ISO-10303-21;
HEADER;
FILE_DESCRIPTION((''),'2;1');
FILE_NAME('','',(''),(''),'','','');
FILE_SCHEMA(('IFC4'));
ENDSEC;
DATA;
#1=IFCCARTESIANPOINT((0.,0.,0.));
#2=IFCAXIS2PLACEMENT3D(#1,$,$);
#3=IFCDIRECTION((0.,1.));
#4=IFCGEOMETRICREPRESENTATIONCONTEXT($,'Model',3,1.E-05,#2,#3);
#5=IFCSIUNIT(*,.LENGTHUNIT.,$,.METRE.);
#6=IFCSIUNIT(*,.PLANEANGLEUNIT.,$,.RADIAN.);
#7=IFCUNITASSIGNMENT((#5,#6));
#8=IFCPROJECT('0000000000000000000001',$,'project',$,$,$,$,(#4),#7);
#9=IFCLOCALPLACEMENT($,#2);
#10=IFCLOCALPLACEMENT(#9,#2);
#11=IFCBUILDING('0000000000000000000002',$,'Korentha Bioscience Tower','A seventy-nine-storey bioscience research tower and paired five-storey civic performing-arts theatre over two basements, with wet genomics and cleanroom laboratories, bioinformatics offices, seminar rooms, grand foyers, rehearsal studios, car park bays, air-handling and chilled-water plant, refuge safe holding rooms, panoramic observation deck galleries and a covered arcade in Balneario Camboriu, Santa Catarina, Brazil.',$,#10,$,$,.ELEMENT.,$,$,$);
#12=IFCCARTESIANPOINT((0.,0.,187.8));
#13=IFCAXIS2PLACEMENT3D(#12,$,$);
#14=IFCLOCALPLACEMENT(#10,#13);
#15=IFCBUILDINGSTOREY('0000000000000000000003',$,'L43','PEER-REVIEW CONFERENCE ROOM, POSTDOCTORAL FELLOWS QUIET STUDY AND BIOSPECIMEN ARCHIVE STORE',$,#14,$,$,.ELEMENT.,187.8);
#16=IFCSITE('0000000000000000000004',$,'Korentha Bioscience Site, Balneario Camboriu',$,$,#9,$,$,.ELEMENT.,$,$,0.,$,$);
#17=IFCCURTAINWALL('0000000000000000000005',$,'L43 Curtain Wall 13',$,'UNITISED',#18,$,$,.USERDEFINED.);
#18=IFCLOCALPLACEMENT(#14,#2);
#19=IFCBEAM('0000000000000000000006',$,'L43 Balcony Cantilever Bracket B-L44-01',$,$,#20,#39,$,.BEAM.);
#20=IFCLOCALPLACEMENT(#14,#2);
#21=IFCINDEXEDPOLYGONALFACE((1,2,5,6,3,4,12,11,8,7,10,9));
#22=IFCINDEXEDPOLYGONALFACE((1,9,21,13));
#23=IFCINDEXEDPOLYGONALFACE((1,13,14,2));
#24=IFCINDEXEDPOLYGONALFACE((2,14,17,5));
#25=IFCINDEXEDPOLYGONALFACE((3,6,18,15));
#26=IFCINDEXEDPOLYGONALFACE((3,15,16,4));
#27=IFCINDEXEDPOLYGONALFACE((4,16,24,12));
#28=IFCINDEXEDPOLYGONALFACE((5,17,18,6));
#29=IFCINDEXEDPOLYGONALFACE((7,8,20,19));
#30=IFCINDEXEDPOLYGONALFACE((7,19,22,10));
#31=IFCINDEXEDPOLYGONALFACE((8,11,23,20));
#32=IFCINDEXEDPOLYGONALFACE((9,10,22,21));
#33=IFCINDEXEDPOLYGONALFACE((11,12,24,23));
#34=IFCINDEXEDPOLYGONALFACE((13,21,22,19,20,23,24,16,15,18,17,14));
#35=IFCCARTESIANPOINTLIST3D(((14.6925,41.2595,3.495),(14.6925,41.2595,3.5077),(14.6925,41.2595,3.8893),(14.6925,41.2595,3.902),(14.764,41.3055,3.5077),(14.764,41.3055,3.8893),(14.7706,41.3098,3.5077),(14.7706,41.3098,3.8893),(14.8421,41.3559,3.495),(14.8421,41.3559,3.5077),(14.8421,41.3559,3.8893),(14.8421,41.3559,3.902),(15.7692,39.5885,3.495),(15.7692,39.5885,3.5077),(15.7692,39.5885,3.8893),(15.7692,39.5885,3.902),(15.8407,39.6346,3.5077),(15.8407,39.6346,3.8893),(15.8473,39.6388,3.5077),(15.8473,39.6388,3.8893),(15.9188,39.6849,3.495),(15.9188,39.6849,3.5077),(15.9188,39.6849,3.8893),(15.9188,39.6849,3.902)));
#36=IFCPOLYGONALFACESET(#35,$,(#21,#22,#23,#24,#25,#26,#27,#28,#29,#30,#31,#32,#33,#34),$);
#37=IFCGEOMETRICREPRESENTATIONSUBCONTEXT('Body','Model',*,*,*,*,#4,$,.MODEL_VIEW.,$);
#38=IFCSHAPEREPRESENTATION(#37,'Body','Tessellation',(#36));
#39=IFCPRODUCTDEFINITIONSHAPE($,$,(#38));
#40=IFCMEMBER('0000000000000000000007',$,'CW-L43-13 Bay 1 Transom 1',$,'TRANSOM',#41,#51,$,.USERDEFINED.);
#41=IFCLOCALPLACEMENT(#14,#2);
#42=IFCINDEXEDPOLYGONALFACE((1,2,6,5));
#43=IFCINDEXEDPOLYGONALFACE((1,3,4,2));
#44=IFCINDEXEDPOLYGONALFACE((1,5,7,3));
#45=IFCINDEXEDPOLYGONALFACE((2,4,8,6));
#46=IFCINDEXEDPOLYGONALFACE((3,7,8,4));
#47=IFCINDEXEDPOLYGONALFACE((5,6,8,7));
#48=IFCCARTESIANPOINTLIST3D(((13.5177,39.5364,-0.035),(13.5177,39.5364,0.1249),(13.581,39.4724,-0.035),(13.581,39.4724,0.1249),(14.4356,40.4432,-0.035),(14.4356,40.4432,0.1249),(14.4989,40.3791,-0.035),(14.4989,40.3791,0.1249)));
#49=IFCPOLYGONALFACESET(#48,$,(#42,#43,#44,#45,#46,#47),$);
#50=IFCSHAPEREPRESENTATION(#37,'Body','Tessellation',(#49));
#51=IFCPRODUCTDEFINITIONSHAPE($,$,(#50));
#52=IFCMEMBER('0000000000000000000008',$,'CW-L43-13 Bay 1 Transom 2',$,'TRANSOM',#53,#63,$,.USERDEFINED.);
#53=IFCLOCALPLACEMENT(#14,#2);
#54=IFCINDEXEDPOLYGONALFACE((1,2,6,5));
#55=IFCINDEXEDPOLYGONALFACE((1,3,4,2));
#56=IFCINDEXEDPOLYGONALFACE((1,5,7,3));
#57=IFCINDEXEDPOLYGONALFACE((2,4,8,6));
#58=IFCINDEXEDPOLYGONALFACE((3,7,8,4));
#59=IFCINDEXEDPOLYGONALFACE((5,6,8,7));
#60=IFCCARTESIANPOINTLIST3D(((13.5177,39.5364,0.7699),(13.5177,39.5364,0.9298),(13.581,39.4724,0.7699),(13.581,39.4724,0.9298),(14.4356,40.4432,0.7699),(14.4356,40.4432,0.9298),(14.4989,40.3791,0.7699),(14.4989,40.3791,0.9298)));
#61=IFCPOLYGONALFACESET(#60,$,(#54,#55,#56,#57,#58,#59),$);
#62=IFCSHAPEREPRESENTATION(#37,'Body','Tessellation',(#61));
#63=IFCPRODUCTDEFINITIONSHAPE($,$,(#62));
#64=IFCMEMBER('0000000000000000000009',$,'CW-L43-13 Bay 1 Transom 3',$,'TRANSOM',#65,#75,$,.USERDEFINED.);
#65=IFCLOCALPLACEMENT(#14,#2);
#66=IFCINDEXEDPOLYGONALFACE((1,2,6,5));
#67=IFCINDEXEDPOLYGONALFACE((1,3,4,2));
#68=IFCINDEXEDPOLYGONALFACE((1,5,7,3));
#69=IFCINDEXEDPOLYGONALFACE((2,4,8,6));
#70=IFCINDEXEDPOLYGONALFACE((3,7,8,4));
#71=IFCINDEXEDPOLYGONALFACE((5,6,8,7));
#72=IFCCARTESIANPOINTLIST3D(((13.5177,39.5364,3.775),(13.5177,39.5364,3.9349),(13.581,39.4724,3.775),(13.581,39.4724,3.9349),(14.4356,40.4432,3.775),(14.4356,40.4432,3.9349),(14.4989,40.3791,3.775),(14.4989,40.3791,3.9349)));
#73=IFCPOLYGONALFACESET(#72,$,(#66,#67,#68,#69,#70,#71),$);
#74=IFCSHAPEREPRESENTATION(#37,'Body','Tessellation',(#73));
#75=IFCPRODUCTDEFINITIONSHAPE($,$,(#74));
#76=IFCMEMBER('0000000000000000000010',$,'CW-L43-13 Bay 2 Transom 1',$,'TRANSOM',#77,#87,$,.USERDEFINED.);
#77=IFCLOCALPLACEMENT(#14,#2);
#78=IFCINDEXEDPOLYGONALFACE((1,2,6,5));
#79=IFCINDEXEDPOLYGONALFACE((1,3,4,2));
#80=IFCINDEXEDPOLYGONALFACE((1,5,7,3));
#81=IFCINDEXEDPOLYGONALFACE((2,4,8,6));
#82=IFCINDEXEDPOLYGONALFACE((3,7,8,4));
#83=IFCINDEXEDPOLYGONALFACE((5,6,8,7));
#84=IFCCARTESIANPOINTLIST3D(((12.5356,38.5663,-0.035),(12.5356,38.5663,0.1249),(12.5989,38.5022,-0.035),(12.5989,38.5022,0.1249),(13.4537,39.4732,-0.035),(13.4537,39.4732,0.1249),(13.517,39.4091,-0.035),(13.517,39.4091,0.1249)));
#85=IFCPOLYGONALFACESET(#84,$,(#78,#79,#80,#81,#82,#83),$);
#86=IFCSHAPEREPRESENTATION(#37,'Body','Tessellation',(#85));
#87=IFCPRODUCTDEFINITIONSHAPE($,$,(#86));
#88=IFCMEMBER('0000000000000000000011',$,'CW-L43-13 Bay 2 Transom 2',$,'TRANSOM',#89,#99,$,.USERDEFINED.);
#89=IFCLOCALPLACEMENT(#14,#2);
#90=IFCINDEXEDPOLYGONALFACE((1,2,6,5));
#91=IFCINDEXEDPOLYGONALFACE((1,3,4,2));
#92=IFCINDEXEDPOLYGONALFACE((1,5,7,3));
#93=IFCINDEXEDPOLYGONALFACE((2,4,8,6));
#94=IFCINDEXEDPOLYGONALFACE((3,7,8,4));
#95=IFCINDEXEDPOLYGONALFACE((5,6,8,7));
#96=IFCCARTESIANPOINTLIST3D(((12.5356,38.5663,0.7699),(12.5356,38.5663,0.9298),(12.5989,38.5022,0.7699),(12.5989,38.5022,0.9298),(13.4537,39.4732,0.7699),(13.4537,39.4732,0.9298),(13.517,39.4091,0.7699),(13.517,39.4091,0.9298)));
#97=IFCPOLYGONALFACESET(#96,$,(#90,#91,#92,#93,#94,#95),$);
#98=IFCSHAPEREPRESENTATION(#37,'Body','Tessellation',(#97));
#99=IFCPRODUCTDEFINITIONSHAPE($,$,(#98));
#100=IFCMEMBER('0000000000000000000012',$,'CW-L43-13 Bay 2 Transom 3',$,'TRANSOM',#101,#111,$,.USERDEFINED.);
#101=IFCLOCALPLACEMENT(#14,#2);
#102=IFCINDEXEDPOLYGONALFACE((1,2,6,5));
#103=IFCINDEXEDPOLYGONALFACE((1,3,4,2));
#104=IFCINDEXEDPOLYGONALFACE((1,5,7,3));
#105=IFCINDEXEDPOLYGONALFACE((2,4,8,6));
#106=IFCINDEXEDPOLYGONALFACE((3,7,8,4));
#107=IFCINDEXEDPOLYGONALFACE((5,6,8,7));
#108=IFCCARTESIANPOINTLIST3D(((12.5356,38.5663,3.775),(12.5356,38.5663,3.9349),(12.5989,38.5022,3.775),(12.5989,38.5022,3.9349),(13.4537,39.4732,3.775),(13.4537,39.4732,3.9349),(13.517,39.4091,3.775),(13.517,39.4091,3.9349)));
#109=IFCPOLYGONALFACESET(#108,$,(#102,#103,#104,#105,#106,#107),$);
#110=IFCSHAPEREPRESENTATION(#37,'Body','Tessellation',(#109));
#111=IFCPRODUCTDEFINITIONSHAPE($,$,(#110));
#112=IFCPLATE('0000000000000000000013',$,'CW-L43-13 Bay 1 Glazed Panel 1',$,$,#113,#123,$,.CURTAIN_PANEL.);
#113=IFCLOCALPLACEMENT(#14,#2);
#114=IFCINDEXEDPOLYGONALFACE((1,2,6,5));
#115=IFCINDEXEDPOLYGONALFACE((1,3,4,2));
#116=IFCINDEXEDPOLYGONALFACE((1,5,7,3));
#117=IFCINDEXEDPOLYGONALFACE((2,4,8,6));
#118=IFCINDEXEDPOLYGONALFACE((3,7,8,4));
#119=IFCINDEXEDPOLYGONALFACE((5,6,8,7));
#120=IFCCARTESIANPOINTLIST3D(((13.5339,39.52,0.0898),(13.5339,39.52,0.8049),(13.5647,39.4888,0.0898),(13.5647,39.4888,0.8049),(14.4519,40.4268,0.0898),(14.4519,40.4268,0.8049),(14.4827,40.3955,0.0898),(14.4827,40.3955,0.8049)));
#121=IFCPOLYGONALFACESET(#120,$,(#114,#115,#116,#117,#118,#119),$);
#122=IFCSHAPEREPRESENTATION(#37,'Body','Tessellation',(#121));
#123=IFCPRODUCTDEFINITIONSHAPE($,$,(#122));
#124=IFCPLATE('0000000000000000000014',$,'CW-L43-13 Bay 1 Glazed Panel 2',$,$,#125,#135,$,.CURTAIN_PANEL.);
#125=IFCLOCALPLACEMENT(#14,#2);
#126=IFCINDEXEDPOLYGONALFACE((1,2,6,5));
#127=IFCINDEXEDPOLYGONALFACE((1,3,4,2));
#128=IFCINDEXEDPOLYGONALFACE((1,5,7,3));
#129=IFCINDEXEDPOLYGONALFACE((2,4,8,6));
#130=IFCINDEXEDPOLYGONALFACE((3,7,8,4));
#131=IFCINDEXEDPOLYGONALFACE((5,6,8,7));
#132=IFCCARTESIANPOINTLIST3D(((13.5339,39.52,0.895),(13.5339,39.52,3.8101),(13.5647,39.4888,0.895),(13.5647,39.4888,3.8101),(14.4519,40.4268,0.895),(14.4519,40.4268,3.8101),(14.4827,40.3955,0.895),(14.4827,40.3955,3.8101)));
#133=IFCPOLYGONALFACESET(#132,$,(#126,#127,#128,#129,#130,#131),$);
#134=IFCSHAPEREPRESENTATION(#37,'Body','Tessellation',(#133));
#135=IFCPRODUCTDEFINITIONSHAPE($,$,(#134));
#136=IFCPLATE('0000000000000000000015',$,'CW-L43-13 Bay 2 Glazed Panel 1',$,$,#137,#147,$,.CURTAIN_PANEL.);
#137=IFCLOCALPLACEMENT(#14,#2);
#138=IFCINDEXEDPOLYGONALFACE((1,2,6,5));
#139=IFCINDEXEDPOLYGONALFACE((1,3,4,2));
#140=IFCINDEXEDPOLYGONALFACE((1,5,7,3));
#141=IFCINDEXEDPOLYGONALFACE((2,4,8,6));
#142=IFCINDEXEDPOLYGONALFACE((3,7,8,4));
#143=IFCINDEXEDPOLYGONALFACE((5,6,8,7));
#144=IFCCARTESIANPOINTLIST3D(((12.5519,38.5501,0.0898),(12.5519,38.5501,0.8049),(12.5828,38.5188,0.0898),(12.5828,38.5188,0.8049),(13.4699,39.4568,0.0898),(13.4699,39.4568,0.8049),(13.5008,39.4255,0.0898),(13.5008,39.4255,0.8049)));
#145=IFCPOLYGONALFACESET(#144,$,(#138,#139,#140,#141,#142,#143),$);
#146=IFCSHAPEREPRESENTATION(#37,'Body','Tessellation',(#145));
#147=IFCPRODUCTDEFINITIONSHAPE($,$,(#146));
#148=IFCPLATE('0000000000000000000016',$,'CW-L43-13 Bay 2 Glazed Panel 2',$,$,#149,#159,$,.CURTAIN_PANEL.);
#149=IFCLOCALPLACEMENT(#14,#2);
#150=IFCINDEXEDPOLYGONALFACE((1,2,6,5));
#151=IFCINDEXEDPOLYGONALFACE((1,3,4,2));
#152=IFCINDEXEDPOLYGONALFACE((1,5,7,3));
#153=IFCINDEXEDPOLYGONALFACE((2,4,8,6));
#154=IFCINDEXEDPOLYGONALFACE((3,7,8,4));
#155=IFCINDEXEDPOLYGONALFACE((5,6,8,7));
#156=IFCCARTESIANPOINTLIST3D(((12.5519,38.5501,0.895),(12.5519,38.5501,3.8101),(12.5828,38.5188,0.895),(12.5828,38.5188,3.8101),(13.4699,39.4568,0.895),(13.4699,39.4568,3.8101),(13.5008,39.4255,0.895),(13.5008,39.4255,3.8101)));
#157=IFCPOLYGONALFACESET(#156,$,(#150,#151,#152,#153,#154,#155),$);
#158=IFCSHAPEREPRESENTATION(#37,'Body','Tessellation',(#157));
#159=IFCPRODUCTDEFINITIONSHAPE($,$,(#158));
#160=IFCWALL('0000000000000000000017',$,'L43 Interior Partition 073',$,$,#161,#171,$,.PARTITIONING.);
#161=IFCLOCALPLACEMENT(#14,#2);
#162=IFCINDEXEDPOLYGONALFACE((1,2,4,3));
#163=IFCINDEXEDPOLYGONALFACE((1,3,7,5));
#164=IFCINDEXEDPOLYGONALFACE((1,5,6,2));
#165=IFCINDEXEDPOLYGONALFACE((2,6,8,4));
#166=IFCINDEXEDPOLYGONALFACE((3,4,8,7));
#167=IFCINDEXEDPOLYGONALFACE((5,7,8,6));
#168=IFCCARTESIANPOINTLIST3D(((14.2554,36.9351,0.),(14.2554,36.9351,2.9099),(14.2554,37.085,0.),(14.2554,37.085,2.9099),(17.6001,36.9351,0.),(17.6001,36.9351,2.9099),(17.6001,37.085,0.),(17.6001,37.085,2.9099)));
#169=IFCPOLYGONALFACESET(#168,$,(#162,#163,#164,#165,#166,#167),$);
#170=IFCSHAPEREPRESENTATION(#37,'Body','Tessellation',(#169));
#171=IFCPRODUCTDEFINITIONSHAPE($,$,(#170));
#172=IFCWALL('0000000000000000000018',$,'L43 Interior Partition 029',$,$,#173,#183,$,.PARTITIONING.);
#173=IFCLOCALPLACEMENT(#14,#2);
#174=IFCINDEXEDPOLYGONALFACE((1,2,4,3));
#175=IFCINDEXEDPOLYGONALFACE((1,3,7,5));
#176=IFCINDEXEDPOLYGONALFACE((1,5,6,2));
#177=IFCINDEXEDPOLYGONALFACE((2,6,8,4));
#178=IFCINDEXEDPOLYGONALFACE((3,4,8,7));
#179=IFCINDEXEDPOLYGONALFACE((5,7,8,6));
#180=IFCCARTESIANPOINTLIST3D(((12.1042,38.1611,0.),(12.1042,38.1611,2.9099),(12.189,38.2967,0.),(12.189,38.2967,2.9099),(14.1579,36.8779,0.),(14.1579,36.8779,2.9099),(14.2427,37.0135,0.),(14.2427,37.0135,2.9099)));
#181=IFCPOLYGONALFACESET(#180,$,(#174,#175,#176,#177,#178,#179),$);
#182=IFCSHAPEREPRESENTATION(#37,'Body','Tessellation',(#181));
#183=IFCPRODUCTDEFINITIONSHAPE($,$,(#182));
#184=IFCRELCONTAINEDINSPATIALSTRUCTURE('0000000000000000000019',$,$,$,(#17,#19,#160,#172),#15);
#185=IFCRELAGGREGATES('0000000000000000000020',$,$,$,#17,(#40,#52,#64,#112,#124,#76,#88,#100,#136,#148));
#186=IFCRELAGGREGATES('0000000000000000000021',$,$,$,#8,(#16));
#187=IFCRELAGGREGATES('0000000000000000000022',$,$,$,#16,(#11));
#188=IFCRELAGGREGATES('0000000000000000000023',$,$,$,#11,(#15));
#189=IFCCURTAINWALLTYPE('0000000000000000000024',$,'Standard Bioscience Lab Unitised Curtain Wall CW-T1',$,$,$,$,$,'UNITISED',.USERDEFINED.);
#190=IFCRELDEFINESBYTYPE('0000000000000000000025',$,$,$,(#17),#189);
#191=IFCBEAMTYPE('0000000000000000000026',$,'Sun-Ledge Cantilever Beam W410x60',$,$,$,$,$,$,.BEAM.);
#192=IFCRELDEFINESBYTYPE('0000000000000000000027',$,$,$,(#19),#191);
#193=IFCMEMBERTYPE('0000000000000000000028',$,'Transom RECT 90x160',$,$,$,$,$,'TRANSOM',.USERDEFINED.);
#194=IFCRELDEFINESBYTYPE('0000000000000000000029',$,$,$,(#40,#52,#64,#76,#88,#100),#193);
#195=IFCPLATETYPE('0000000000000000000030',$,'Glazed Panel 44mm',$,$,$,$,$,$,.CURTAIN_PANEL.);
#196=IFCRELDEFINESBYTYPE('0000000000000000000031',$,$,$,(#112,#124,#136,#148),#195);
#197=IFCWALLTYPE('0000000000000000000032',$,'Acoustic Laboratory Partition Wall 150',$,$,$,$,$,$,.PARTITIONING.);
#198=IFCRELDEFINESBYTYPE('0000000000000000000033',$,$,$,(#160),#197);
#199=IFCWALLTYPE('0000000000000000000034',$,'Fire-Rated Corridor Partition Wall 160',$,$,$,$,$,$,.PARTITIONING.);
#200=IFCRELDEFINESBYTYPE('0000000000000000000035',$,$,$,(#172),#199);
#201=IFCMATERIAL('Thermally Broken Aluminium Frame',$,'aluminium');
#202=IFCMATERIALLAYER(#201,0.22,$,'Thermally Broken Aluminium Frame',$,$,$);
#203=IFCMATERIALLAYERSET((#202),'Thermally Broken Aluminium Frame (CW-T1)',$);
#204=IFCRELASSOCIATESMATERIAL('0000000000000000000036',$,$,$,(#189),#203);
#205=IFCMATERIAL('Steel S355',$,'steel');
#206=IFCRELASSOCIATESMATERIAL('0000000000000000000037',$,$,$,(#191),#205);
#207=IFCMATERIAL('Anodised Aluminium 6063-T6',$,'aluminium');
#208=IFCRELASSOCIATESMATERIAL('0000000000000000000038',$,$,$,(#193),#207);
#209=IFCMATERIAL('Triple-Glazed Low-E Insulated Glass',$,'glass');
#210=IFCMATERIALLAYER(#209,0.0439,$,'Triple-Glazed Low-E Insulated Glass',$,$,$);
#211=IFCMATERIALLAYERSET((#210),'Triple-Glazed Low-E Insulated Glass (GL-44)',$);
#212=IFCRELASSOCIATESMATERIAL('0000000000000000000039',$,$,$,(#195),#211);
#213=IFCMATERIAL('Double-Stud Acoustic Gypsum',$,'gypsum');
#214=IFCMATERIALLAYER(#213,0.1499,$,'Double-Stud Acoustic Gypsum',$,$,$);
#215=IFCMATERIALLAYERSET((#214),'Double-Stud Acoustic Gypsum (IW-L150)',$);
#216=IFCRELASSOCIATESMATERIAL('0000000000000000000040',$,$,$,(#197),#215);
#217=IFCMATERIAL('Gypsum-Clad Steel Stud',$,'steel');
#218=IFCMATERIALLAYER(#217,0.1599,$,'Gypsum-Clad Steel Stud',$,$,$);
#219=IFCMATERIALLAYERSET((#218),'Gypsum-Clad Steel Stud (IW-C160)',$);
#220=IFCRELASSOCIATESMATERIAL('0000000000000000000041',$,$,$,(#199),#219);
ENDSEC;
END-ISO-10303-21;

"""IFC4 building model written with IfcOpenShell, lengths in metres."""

from ifc_helpers import new_model, si_unit, direction, frame, frame_2d, origin, origin_2d, place, context, subcontext, project, spatial, rectangle, i_section, extrude, material, layer, layer_set, material_profile, profile_set, type_object, element, aggregate, save


model = new_model("IFC4")

# Units and contexts
model_context = context("Model", 3, precision=1e-05, world=origin(), true_north=direction((0.0, 1.0)))
body_context = subcontext(model_context, "Body", "Model", "MODEL_VIEW")
ifc_project = project(units=[si_unit("LENGTHUNIT", "METRE"), si_unit("PLANEANGLEUNIT", "RADIAN")], contexts=[model_context])

# Site, building, storey
site_placement = place(None, origin())
site = spatial("IfcSite", under=ifc_project, at=site_placement, Name="Korentha Bioscience Site, Balneario Camboriu", CompositionType="ELEMENT", RefElevation=0.0)
building_placement = place(site_placement, origin())
building = spatial("IfcBuilding", under=site, at=building_placement, Name="Korentha Bioscience Tower", Description="A seventy-nine-storey bioscience research tower and paired five-storey civic performing-arts theatre over two basements, with wet genomics and cleanroom laboratories, bioinformatics offices, seminar rooms, grand foyers, rehearsal studios, car park bays, air-handling and chilled-water plant, refuge safe holding rooms, panoramic observation deck galleries and a covered arcade in Balneario Camboriu, Santa Catarina, Brazil.", CompositionType="ELEMENT")
storey_placement = place(building_placement, frame((0.0, 0.0, 187.8)))
storey = spatial("IfcBuildingStorey", under=building, at=storey_placement, Name="L43", Description="PEER-REVIEW CONFERENCE ROOM, POSTDOCTORAL FELLOWS QUIET STUDY AND BIOSPECIMEN ARCHIVE STORE", CompositionType="ELEMENT", Elevation=187.8)

# Curtain wall
ifc_material_1 = material(Name="Thermally Broken Aluminium Frame", Category="aluminium")
ifc_layer_1 = layer(ifc_material_1, 0.22, Name="Thermally Broken Aluminium Frame")
ifc_layer_set_1 = layer_set([ifc_layer_1], Name="Thermally Broken Aluminium Frame (CW-T1)")
curtain_wall_type = type_object("IfcCurtainWallType", Name="Standard Bioscience Lab Unitised Curtain Wall CW-T1", ElementType="UNITISED", PredefinedType="USERDEFINED", material=ifc_layer_set_1)
curtain_wall_placement = place(storey_placement, origin())
curtain_wall = element("IfcCurtainWall", 1, at=curtain_wall_placement, inside=storey, type_object=curtain_wall_type, Name="L43 Curtain Wall 13", ObjectType="UNITISED", PredefinedType="USERDEFINED")
ifc_material_2 = material(Name="Anodised Aluminium 6063-T6", Category="aluminium")

# Beam
ifc_material_3 = material(Name="Steel S355", Category="steel")
ifc_material_profile_1 = material_profile(ifc_material_3, i_section(OverallWidth=0.178, OverallDepth=0.407, WebThickness=0.0078, FlangeThickness=0.0127, at=origin_2d()), Name="Steel S355")
ifc_profile_set_1 = profile_set([ifc_material_profile_1], Name="Steel S355 (CB-410)")
beam_type_1 = type_object("IfcBeamType", Name="Sun-Ledge Cantilever Beam W410x60", PredefinedType="BEAM", material=ifc_profile_set_1)
beam_1_placement = place(storey_placement, frame((15.844, 39.6367, 3.6985), z_axis=(-0.541651, 0.840603, 0.0), x_axis=(-0.840603, -0.541651, 0.0)))
element("IfcBeam", 2, at=beam_1_placement, inside=storey, type_object=beam_type_1, Name="L43 Balcony Cantilever Bracket B-L44-01", PredefinedType="BEAM", context=body_context, shape_type="SweptSolid", body=[
    extrude(i_section(OverallWidth=0.178, OverallDepth=0.407, WebThickness=0.0078, FlangeThickness=0.0127, at=origin_2d()), origin(), (0.0, 0.0, 1.0), 1.9878),
])

# Members
ifc_material_profile_2 = material_profile(ifc_material_2, rectangle(XDim=0.0901, YDim=0.1599, at=origin_2d()), Name="Anodised Aluminium 6063-T6")
ifc_profile_set_2 = profile_set([ifc_material_profile_2], Name="Anodised Aluminium 6063-T6 (CW-TRN)")
member_type_1 = type_object("IfcMemberType", Name="Transom RECT 90x160", ElementType="TRANSOM", PredefinedType="USERDEFINED", material=ifc_profile_set_2)
member_1_placement = place(storey_placement, frame((14.4673, 40.4111, 0.0449), z_axis=(-0.711445, -0.702741, 0.0), x_axis=(0.702741, -0.711445, 0.0)))
member_1 = element("IfcMember", 3, at=member_1_placement, type_object=member_type_1, Name="CW-L43-13 Bay 1 Transom 1", ObjectType="TRANSOM", PredefinedType="USERDEFINED", context=body_context, shape_type="SweptSolid", body=[
    extrude(rectangle(XDim=0.0901, YDim=0.1599, at=origin_2d()), origin(), (0.0, 0.0, 1.0), 1.2903),
])
member_2_placement = place(storey_placement, frame((14.4673, 40.4111, 0.8499), z_axis=(-0.711445, -0.702741, 0.0), x_axis=(0.702741, -0.711445, 0.0)))
member_2 = element("IfcMember", 4, at=member_2_placement, type_object=member_type_1, Name="CW-L43-13 Bay 1 Transom 2", ObjectType="TRANSOM", PredefinedType="USERDEFINED", context=body_context, shape_type="SweptSolid", body=[
    extrude(rectangle(XDim=0.0901, YDim=0.1599, at=origin_2d()), origin(), (0.0, 0.0, 1.0), 1.2903),
])
member_3_placement = place(storey_placement, frame((14.4673, 40.4111, 3.855), z_axis=(-0.711445, -0.702741, 0.0), x_axis=(0.702741, -0.711445, 0.0)))
member_3 = element("IfcMember", 5, at=member_3_placement, type_object=member_type_1, Name="CW-L43-13 Bay 1 Transom 3", ObjectType="TRANSOM", PredefinedType="USERDEFINED", context=body_context, shape_type="SweptSolid", body=[
    extrude(rectangle(XDim=0.0901, YDim=0.1599, at=origin_2d()), origin(), (0.0, 0.0, 1.0), 1.2903),
])
member_4_placement = place(storey_placement, frame((13.4854, 39.4412, 0.0449), z_axis=(-0.711444, -0.702743, 0.0), x_axis=(0.702743, -0.711444, 0.0)))
member_4 = element("IfcMember", 6, at=member_4_placement, type_object=member_type_1, Name="CW-L43-13 Bay 2 Transom 1", ObjectType="TRANSOM", PredefinedType="USERDEFINED", context=body_context, shape_type="SweptSolid", body=[
    extrude(rectangle(XDim=0.0901, YDim=0.1599, at=origin_2d()), origin(), (0.0, 0.0, 1.0), 1.2905),
])
member_5_placement = place(storey_placement, frame((13.4854, 39.4412, 0.8499), z_axis=(-0.711444, -0.702743, 0.0), x_axis=(0.702743, -0.711444, 0.0)))
member_5 = element("IfcMember", 7, at=member_5_placement, type_object=member_type_1, Name="CW-L43-13 Bay 2 Transom 2", ObjectType="TRANSOM", PredefinedType="USERDEFINED", context=body_context, shape_type="SweptSolid", body=[
    extrude(rectangle(XDim=0.0901, YDim=0.1599, at=origin_2d()), origin(), (0.0, 0.0, 1.0), 1.2905),
])
member_6_placement = place(storey_placement, frame((13.4854, 39.4412, 3.855), z_axis=(-0.711444, -0.702743, 0.0), x_axis=(0.702743, -0.711444, 0.0)))
member_6 = element("IfcMember", 8, at=member_6_placement, type_object=member_type_1, Name="CW-L43-13 Bay 2 Transom 3", ObjectType="TRANSOM", PredefinedType="USERDEFINED", context=body_context, shape_type="SweptSolid", body=[
    extrude(rectangle(XDim=0.0901, YDim=0.1599, at=origin_2d()), origin(), (0.0, 0.0, 1.0), 1.2905),
])

# Plates
ifc_material_4 = material(Name="Triple-Glazed Low-E Insulated Glass", Category="glass")
ifc_layer_2 = layer(ifc_material_4, 0.0439, Name="Triple-Glazed Low-E Insulated Glass")
ifc_layer_set_2 = layer_set([ifc_layer_2], Name="Triple-Glazed Low-E Insulated Glass (GL-44)")
plate_type = type_object("IfcPlateType", Name="Glazed Panel 44mm", PredefinedType="CURTAIN_PANEL", material=ifc_layer_set_2)
plate_1_placement = place(storey_placement, frame((14.0083, 39.9578, 0.0898), z_axis=(0.0, 0.0, 1.0), x_axis=(-0.711461, -0.702726, 0.0)))
plate_1 = element("IfcPlate", 9, at=plate_1_placement, type_object=plate_type, Name="CW-L43-13 Bay 1 Glazed Panel 1", PredefinedType="CURTAIN_PANEL", context=body_context, shape_type="SweptSolid", body=[
    extrude(rectangle(XDim=1.2903, YDim=0.0439, at=origin_2d()), origin(), (0.0, 0.0, 1.0), 0.7151),
])
plate_2_placement = place(storey_placement, frame((14.0083, 39.9578, 0.895), z_axis=(0.0, 0.0, 1.0), x_axis=(-0.711461, -0.702726, 0.0)))
plate_2 = element("IfcPlate", 10, at=plate_2_placement, type_object=plate_type, Name="CW-L43-13 Bay 1 Glazed Panel 2", PredefinedType="CURTAIN_PANEL", context=body_context, shape_type="SweptSolid", body=[
    extrude(rectangle(XDim=1.2903, YDim=0.0439, at=origin_2d()), origin(), (0.0, 0.0, 1.0), 2.915),
])
plate_3_placement = place(storey_placement, frame((13.0264, 38.9878, 0.0898), z_axis=(0.0, 0.0, 1.0), x_axis=(-0.711461, -0.702726, 0.0)))
plate_3 = element("IfcPlate", 11, at=plate_3_placement, type_object=plate_type, Name="CW-L43-13 Bay 2 Glazed Panel 1", PredefinedType="CURTAIN_PANEL", context=body_context, shape_type="SweptSolid", body=[
    extrude(rectangle(XDim=1.2903, YDim=0.0439, at=origin_2d()), origin(), (0.0, 0.0, 1.0), 0.7151),
])
plate_4_placement = place(storey_placement, frame((13.0264, 38.9878, 0.895), z_axis=(0.0, 0.0, 1.0), x_axis=(-0.711461, -0.702726, 0.0)))
plate_4 = element("IfcPlate", 12, at=plate_4_placement, type_object=plate_type, Name="CW-L43-13 Bay 2 Glazed Panel 2", PredefinedType="CURTAIN_PANEL", context=body_context, shape_type="SweptSolid", body=[
    extrude(rectangle(XDim=1.2903, YDim=0.0439, at=origin_2d()), origin(), (0.0, 0.0, 1.0), 2.915),
])
aggregate(curtain_wall, [member_1, member_2, member_3, plate_1, plate_2, member_4, member_5, member_6, plate_3, plate_4])

# Wall
ifc_material_5 = material(Name="Double-Stud Acoustic Gypsum", Category="gypsum")
ifc_layer_3 = layer(ifc_material_5, 0.1499, Name="Double-Stud Acoustic Gypsum")
ifc_layer_set_3 = layer_set([ifc_layer_3], Name="Double-Stud Acoustic Gypsum (IW-L150)")
wall_type_1 = type_object("IfcWallType", Name="Acoustic Laboratory Partition Wall 150", PredefinedType="PARTITIONING", material=ifc_layer_set_3)
wall_1_placement = place(storey_placement, frame((17.6001, 37.01, 0.0), z_axis=(0.0, 0.0, 1.0), x_axis=(-1.0, 0.0, 0.0)))
element("IfcWall", 13, at=wall_1_placement, inside=storey, type_object=wall_type_1, Name="L43 Interior Partition 073", PredefinedType="PARTITIONING", context=body_context, shape_type="SweptSolid", body=[
    extrude(rectangle(XDim=3.3447, YDim=0.1499, at=frame_2d((1.6724, 0.0))), origin(), (0.0, 0.0, 1.0), 2.9099),
])

# Shared definitions
ifc_material_6 = material(Name="Gypsum-Clad Steel Stud", Category="steel")
ifc_layer_4 = layer(ifc_material_6, 0.1599, Name="Gypsum-Clad Steel Stud")
ifc_layer_set_4 = layer_set([ifc_layer_4], Name="Gypsum-Clad Steel Stud (IW-C160)")
wall_type_2 = type_object("IfcWallType", Name="Fire-Rated Corridor Partition Wall 160", PredefinedType="PARTITIONING", material=ifc_layer_set_4)

# Wall
wall_2_placement = place(storey_placement, frame((12.1465, 38.229, 0.0), z_axis=(0.0, 0.0, 1.0), x_axis=(0.848066, -0.52989, 0.0)))
element("IfcWall", 14, at=wall_2_placement, inside=storey, type_object=wall_type_2, Name="L43 Interior Partition 029", PredefinedType="PARTITIONING", context=body_context, shape_type="SweptSolid", body=[
    extrude(rectangle(XDim=2.4216, YDim=0.1599, at=frame_2d((1.2109, 0.0))), origin(), (0.0, 0.0, 1.0), 2.9099),
])

save(model, "model.ifc")
